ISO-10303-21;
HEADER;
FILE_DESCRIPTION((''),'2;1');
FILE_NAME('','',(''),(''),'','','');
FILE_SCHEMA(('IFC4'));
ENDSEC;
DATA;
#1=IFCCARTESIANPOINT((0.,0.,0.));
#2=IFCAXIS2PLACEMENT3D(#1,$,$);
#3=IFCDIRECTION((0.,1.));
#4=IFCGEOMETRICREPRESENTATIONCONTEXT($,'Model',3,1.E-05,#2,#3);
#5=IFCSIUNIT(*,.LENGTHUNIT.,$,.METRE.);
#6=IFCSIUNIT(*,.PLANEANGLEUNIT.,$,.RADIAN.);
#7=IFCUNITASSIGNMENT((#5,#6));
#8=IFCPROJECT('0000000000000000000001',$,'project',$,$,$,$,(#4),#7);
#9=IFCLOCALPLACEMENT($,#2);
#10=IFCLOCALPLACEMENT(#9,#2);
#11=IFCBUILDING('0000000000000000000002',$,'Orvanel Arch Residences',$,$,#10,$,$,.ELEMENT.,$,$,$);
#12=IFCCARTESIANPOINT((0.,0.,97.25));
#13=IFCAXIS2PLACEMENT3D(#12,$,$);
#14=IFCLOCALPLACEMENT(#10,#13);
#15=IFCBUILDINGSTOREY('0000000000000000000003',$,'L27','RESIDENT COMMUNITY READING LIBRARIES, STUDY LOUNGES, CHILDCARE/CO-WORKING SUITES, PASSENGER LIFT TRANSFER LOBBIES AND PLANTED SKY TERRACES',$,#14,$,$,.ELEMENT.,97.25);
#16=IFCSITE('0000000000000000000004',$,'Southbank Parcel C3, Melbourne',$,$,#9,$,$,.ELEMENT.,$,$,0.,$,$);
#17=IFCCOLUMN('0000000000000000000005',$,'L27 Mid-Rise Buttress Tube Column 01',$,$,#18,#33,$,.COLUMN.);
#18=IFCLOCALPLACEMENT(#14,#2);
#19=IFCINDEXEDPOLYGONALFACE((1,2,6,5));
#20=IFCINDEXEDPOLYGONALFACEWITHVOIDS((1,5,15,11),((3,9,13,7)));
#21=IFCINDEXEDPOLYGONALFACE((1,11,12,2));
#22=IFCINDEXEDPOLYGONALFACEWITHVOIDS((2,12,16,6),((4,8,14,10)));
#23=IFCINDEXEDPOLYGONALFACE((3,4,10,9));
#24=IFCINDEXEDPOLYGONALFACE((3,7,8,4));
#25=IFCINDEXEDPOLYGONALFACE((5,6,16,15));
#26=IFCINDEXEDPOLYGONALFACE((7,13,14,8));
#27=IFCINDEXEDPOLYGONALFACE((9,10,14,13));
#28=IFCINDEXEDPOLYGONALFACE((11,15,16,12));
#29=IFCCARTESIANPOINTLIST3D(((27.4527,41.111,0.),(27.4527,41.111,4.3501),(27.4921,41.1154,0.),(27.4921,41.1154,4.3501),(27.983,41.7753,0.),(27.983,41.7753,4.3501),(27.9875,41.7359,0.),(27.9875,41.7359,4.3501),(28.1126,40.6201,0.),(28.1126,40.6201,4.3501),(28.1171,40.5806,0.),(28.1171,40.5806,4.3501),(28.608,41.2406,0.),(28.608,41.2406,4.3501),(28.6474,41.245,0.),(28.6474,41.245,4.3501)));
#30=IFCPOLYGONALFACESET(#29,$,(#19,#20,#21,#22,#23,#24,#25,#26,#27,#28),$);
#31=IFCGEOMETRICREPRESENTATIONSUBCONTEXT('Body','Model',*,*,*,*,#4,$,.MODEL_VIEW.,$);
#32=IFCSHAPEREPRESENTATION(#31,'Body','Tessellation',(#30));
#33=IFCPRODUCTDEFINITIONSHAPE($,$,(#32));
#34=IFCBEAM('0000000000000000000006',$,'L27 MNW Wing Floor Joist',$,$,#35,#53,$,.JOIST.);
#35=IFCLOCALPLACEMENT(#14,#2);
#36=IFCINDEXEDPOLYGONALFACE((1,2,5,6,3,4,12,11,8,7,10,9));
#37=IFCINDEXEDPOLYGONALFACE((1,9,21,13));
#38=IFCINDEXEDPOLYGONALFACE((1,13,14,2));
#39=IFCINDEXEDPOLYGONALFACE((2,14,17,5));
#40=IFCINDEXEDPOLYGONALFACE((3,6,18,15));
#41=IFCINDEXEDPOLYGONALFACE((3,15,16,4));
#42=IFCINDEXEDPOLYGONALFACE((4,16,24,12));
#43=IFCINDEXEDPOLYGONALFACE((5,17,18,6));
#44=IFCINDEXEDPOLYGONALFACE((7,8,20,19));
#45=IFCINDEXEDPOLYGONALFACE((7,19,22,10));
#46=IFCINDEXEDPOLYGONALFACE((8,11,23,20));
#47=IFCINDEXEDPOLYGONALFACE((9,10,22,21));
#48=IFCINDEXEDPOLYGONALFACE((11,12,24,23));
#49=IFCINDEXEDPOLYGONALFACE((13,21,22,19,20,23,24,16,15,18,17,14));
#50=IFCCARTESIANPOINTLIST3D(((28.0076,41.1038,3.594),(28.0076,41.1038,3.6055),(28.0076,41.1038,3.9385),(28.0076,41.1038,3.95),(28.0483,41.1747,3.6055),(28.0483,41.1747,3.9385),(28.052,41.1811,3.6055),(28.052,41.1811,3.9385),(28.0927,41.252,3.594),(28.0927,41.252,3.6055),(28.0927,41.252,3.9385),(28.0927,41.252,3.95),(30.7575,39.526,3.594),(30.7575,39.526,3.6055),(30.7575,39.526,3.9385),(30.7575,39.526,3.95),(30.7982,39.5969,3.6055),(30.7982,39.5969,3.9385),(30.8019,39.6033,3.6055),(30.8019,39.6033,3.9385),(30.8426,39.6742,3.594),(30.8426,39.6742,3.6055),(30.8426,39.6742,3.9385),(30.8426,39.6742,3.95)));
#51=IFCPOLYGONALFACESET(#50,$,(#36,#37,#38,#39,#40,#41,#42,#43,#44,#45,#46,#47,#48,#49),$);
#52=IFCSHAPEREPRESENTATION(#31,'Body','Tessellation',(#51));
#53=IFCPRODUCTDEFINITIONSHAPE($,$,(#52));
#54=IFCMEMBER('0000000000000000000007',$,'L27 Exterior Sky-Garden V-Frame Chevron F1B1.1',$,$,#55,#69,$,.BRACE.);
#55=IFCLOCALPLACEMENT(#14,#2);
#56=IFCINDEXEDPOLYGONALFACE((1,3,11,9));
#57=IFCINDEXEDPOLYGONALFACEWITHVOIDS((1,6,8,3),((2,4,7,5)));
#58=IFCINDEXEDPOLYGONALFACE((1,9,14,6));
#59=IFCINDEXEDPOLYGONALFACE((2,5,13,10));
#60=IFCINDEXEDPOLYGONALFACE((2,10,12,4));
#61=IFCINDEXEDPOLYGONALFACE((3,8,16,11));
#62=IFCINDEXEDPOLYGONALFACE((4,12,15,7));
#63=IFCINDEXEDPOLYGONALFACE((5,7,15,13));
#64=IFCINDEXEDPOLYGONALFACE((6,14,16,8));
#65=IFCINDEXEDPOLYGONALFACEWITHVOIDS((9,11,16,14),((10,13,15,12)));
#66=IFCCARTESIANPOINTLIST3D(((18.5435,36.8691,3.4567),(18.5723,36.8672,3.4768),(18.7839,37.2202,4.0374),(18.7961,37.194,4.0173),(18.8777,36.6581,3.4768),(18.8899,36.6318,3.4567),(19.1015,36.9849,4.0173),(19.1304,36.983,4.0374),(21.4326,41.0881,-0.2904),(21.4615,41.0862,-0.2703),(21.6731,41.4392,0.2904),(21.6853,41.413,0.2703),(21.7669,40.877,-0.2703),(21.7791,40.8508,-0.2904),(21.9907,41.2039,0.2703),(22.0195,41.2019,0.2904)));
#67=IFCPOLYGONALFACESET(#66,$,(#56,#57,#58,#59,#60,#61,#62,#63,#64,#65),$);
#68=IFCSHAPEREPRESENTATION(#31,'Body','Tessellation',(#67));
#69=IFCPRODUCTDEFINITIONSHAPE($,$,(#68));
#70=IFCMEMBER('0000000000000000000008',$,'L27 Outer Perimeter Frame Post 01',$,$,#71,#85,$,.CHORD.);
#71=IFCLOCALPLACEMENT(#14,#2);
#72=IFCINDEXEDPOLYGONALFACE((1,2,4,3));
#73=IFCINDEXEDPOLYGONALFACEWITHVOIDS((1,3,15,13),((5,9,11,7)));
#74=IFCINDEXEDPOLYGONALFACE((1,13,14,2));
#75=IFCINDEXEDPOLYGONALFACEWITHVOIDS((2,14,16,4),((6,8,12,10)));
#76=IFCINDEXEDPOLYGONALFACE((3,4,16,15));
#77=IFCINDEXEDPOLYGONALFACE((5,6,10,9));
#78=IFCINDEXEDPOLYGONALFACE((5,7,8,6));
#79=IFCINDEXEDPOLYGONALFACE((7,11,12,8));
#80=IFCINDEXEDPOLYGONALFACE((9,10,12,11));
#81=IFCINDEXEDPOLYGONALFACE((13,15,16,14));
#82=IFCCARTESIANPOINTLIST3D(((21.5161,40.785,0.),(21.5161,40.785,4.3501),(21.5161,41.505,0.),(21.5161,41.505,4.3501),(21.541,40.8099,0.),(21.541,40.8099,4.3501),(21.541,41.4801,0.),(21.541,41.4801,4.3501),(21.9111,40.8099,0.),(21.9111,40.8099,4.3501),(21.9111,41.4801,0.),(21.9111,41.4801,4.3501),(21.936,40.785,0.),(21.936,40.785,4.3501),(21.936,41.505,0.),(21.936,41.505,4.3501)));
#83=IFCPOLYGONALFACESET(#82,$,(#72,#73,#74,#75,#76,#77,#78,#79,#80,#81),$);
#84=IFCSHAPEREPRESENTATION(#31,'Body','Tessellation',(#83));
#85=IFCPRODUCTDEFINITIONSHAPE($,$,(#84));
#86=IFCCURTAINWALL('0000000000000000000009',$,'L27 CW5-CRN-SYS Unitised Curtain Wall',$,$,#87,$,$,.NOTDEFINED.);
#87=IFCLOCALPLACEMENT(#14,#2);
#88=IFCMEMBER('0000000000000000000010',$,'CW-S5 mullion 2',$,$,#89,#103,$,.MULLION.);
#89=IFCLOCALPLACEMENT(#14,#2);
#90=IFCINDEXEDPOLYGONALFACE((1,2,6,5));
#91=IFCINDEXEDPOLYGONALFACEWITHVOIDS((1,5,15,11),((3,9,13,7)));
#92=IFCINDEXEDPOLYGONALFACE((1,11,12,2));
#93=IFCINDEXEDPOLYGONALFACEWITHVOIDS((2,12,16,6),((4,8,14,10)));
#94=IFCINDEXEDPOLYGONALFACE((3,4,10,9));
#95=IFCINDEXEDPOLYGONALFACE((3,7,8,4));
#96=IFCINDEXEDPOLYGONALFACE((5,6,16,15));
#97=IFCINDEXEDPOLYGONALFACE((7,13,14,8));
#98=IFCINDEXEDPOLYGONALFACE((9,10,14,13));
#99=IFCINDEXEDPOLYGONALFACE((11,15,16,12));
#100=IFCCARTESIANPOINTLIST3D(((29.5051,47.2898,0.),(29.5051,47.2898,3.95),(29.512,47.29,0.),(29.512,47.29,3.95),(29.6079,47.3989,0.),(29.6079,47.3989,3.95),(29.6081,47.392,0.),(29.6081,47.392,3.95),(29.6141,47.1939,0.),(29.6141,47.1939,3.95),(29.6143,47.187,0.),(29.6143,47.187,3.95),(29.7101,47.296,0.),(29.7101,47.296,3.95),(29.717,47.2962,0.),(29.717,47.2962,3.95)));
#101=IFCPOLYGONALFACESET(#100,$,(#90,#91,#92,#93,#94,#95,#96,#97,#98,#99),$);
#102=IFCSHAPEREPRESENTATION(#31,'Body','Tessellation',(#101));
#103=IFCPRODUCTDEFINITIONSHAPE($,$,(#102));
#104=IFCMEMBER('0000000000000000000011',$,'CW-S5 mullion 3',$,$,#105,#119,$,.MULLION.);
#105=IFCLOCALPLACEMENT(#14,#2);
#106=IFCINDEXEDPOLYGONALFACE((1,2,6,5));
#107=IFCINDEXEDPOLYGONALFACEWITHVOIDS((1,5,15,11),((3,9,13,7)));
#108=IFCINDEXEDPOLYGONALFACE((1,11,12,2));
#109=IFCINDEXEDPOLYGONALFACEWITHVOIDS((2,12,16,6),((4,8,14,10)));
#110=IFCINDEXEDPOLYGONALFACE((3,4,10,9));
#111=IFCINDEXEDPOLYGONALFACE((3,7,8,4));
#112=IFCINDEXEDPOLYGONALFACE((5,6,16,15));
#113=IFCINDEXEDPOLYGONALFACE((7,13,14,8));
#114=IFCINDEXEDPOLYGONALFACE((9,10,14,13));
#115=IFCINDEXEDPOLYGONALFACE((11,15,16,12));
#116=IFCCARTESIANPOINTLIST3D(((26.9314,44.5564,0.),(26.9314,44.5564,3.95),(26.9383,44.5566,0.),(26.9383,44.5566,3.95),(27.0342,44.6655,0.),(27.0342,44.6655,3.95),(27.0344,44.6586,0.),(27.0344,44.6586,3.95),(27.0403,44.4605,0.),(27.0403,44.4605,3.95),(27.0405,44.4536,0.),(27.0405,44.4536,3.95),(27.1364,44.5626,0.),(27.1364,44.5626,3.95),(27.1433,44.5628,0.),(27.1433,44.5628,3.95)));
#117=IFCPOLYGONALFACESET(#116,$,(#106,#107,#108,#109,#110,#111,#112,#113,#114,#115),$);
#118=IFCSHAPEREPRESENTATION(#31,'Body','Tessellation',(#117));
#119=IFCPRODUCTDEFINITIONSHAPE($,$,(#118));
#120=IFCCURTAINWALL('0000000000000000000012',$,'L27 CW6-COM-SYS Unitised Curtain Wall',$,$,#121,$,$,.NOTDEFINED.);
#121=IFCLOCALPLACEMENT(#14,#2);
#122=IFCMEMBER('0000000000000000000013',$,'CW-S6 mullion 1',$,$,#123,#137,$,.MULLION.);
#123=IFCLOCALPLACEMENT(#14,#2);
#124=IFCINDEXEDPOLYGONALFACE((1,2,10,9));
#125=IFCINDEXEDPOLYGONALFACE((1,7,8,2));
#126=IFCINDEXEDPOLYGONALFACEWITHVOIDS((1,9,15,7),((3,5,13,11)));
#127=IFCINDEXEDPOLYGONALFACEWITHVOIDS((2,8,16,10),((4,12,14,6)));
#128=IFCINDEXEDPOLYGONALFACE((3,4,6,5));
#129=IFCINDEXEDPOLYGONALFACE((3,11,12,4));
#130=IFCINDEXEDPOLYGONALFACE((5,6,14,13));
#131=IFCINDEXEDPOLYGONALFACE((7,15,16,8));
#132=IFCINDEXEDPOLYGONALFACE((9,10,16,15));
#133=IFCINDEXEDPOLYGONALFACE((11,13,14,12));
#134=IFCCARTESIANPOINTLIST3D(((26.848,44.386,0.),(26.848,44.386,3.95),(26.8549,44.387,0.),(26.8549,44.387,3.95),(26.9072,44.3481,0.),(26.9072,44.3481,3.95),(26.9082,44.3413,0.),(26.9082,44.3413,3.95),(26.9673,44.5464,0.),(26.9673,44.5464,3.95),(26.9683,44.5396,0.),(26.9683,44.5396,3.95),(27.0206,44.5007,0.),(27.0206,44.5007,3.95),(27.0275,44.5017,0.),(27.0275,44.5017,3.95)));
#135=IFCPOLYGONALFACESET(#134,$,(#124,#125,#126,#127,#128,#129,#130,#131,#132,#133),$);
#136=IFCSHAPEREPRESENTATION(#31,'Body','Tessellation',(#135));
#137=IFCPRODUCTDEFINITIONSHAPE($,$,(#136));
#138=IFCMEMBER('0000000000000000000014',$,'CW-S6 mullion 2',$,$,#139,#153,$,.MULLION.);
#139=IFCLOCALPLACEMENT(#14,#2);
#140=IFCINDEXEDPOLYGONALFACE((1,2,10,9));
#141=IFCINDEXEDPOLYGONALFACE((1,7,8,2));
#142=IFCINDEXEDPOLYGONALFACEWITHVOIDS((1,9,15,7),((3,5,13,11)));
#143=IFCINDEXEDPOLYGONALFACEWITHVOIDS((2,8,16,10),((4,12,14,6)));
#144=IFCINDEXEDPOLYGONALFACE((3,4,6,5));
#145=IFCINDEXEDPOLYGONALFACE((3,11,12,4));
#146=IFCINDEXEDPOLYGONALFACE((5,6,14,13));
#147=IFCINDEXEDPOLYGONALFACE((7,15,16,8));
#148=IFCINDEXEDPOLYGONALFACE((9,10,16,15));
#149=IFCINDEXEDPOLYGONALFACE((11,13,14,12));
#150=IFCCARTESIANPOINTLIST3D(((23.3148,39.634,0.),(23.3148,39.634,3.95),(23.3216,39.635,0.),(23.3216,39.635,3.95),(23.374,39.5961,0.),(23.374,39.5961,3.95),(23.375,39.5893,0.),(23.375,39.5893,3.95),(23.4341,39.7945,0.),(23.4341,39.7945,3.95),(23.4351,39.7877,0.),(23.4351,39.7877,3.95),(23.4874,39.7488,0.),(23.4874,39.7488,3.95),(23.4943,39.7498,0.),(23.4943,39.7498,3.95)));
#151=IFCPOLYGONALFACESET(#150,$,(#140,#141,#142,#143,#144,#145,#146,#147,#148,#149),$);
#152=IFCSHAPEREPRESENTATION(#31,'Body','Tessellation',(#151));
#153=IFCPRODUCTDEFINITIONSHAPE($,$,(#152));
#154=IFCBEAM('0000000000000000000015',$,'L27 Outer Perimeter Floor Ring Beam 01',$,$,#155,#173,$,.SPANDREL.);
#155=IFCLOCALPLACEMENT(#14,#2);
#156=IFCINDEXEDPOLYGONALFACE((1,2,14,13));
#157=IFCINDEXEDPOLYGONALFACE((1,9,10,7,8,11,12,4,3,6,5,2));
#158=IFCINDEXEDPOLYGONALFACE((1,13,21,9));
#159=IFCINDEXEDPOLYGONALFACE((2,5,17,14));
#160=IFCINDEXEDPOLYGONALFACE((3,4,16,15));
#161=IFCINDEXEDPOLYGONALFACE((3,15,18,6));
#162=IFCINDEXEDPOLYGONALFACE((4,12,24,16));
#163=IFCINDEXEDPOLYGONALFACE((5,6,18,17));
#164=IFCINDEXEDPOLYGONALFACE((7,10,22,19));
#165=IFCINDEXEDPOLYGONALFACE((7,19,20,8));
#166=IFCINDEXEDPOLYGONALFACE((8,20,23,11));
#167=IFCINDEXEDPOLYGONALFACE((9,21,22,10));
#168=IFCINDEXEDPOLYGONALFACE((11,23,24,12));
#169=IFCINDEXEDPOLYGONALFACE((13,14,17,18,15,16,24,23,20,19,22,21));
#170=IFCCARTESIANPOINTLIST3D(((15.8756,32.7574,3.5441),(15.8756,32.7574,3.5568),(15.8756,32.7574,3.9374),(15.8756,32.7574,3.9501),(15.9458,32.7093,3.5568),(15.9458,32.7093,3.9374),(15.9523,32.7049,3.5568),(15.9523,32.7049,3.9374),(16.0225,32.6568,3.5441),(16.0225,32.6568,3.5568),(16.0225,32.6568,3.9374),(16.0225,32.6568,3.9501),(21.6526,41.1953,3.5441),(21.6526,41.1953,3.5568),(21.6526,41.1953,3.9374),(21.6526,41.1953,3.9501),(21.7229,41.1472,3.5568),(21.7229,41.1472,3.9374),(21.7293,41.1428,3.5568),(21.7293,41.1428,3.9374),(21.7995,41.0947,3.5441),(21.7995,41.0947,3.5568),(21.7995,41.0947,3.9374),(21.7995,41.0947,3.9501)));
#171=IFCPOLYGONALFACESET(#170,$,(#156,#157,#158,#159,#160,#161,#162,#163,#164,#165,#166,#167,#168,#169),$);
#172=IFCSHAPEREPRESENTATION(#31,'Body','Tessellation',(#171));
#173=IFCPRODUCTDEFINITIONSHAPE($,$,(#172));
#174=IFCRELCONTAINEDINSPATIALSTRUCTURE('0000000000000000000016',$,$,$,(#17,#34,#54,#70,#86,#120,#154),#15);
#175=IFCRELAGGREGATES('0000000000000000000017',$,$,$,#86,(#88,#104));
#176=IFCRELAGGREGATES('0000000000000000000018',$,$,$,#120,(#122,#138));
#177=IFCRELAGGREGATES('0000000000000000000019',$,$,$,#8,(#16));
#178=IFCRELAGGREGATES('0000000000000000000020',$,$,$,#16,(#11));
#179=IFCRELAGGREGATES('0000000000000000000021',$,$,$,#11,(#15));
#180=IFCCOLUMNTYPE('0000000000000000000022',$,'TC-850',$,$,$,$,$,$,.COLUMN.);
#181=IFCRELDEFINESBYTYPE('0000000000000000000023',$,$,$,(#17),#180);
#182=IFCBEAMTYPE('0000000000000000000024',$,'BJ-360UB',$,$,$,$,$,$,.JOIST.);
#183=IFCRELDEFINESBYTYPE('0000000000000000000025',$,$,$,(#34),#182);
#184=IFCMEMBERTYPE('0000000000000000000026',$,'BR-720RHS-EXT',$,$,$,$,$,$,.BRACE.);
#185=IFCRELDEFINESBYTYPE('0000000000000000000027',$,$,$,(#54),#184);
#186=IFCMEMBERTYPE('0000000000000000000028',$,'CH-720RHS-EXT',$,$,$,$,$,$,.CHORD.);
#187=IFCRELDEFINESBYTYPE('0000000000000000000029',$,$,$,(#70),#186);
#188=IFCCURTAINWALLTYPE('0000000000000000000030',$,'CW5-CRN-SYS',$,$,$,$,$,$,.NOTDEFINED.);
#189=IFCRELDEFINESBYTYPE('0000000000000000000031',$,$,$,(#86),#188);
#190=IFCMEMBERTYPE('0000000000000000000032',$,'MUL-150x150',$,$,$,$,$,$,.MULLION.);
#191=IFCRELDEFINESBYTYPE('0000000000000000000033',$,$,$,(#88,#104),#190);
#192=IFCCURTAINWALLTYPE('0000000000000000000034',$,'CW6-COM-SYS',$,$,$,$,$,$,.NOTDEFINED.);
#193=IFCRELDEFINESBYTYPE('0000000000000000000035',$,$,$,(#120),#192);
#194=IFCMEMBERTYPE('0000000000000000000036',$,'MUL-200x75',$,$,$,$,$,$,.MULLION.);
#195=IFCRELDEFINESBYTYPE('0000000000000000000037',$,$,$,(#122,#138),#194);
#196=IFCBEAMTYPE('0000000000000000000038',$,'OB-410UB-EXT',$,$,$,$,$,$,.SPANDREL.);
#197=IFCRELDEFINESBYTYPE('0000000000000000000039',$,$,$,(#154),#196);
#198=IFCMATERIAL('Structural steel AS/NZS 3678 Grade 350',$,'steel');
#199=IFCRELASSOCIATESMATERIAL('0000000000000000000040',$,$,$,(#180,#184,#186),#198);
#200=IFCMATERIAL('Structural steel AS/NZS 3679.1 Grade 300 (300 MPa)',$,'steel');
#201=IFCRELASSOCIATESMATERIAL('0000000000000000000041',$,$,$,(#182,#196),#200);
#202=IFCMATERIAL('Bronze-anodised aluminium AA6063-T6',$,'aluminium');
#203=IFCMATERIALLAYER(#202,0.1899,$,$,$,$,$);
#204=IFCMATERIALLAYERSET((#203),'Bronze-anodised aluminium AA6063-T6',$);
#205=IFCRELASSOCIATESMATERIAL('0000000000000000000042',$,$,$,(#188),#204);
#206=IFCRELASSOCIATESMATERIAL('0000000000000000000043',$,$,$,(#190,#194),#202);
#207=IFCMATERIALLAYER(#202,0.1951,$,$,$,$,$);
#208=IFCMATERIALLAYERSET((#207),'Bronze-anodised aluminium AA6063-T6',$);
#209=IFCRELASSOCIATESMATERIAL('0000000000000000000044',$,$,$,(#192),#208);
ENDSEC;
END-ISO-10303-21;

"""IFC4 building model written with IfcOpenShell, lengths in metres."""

from ifc_helpers import new_model, si_unit, direction, frame, origin, origin_2d, place, context, subcontext, project, spatial, hollow_rectangle, i_section, extrude, material, layer, layer_set, material_profile, profile_set, type_object, element, aggregate, save


model = new_model("IFC4")

# Units and contexts
model_context = context("Model", 3, precision=1e-05, world=origin(), true_north=direction((0.0, 1.0)))
body_context = subcontext(model_context, "Body", "Model", "MODEL_VIEW")
ifc_project = project(units=[si_unit("LENGTHUNIT", "METRE"), si_unit("PLANEANGLEUNIT", "RADIAN")], contexts=[model_context])

# Site, building, storey
site_placement = place(None, origin())
site = spatial("IfcSite", under=ifc_project, at=site_placement, Name="Southbank Parcel C3, Melbourne", CompositionType="ELEMENT", RefElevation=0.0)
building_placement = place(site_placement, origin())
building = spatial("IfcBuilding", under=site, at=building_placement, Name="Orvanel Arch Residences", CompositionType="ELEMENT")
storey_placement = place(building_placement, frame((0.0, 0.0, 97.25)))
storey = spatial("IfcBuildingStorey", under=building, at=storey_placement, Name="L27", Description="RESIDENT COMMUNITY READING LIBRARIES, STUDY LOUNGES, CHILDCARE/CO-WORKING SUITES, PASSENGER LIFT TRANSFER LOBBIES AND PLANTED SKY TERRACES", CompositionType="ELEMENT", Elevation=97.25)

# Column
ifc_material_1 = material(Name="Structural steel AS/NZS 3678 Grade 350", Category="steel")
ifc_material_profile_1 = material_profile(ifc_material_1, hollow_rectangle(XDim=0.8501, YDim=0.8501, WallThickness=0.0281, at=origin_2d()), Name="BOX850x850x28")
ifc_profile_set_1 = profile_set([ifc_material_profile_1], Name="Structural steel AS/NZS 3678 Grade 350")
column_type = type_object("IfcColumnType", Name="TC-850", PredefinedType="COLUMN", material=ifc_profile_set_1)
column_placement = place(storey_placement, frame((28.05, 41.178, 0.0), z_axis=(0.0, 0.0, 1.0), x_axis=(0.62388, 0.78152, 0.0)))
element("IfcColumn", 1, at=column_placement, inside=storey, type_object=column_type, Name="L27 Mid-Rise Buttress Tube Column 01", PredefinedType="COLUMN", context=body_context, shape_type="SweptSolid", body=[
    extrude(hollow_rectangle(XDim=0.8501, YDim=0.8501, WallThickness=0.0281, at=origin_2d()), origin(), (0.0, 0.0, 1.0), 4.3501),
])

# Beam
ifc_material_2 = material(Name="Structural steel AS/NZS 3679.1 Grade 300 (300 MPa)", Category="steel")
ifc_material_profile_2 = material_profile(ifc_material_2, i_section(OverallWidth=0.1709, OverallDepth=0.356, WebThickness=0.0073, FlangeThickness=0.0115, at=origin_2d()), Name="360UB50.7")
ifc_profile_set_2 = profile_set([ifc_material_profile_2], Name="Structural steel AS/NZS 3679.1 Grade 300 (300 MPa)")
beam_type_1 = type_object("IfcBeamType", Name="BJ-360UB", PredefinedType="JOIST", material=ifc_profile_set_2)
beam_1_placement = place(storey_placement, frame((30.8, 39.6001, 3.772), z_axis=(-0.867365, 0.497672, 0.0), x_axis=(-0.497672, -0.867365, 0.0)))
element("IfcBeam", 2, at=beam_1_placement, inside=storey, type_object=beam_type_1, Name="L27 MNW Wing Floor Joist", PredefinedType="JOIST", context=body_context, shape_type="SweptSolid", body=[
    extrude(i_section(OverallWidth=0.1709, OverallDepth=0.356, WebThickness=0.0073, FlangeThickness=0.0115, at=origin_2d()), origin(), (0.0, 0.0, 1.0), 3.1704),
])

# Members
ifc_material_profile_3 = material_profile(ifc_material_1, hollow_rectangle(XDim=0.4199, YDim=0.72, WallThickness=0.0249, at=origin_2d()), Name="RHS720x420x25")
ifc_profile_set_3 = profile_set([ifc_material_profile_3], Name="Structural steel AS/NZS 3678 Grade 350")
member_type_1 = type_object("IfcMemberType", Name="BR-720RHS-EXT", PredefinedType="BRACE", material=ifc_profile_set_3)
member_1_placement = place(storey_placement, frame((21.7261, 41.145, 0.0), z_axis=(-0.455748, -0.665522, 0.591079), x_axis=(0.825081, -0.565014, 0.0)))
element("IfcMember", 3, at=member_1_placement, inside=storey, type_object=member_type_1, Name="L27 Exterior Sky-Garden V-Frame Chevron F1B1.1", PredefinedType="BRACE", context=body_context, shape_type="SweptSolid", body=[
    extrude(hollow_rectangle(XDim=0.4199, YDim=0.72, WallThickness=0.0249, at=origin_2d()), origin(), (0.0, 0.0, 1.0), 6.3394),
])
ifc_material_profile_4 = material_profile(ifc_material_1, hollow_rectangle(XDim=0.4199, YDim=0.72, WallThickness=0.0249, at=origin_2d()), Name="RHS720x420x25")
ifc_profile_set_4 = profile_set([ifc_material_profile_4], Name="Structural steel AS/NZS 3678 Grade 350")
member_type_2 = type_object("IfcMemberType", Name="CH-720RHS-EXT", PredefinedType="CHORD", material=ifc_profile_set_4)
member_2_placement = place(storey_placement, frame((21.7261, 41.145, 0.0), z_axis=(0.0, 0.0, 1.0), x_axis=(1.0, 0.0, 0.0)))
element("IfcMember", 4, at=member_2_placement, inside=storey, type_object=member_type_2, Name="L27 Outer Perimeter Frame Post 01", PredefinedType="CHORD", context=body_context, shape_type="SweptSolid", body=[
    extrude(hollow_rectangle(XDim=0.4199, YDim=0.72, WallThickness=0.0249, at=origin_2d()), origin(), (0.0, 0.0, 1.0), 4.3501),
])

# Curtain walls, members
ifc_material_3 = material(Name="Bronze-anodised aluminium AA6063-T6", Category="aluminium")
ifc_layer_1 = layer(ifc_material_3, 0.1899)
ifc_layer_set_1 = layer_set([ifc_layer_1], Name="Bronze-anodised aluminium AA6063-T6")
curtain_wall_type_1 = type_object("IfcCurtainWallType", Name="CW5-CRN-SYS", PredefinedType="NOTDEFINED", material=ifc_layer_set_1)
curtain_wall_1_placement = place(storey_placement, origin())
curtain_wall_1 = element("IfcCurtainWall", 5, at=curtain_wall_1_placement, inside=storey, type_object=curtain_wall_type_1, Name="L27 CW5-CRN-SYS Unitised Curtain Wall", PredefinedType="NOTDEFINED")
ifc_material_profile_5 = material_profile(ifc_material_3, hollow_rectangle(XDim=0.1499, YDim=0.1499, WallThickness=0.0049, at=origin_2d()), Name="ALU150x150x5")
ifc_profile_set_5 = profile_set([ifc_material_profile_5], Name="Bronze-anodised aluminium AA6063-T6")
member_type_3 = type_object("IfcMemberType", Name="MUL-150x150", PredefinedType="MULLION", material=ifc_profile_set_5)
member_3_placement = place(storey_placement, frame((29.6111, 47.293, 0.0), z_axis=(0.0, 0.0, 1.0), x_axis=(0.72807, -0.685503, 0.0)))
member_3 = element("IfcMember", 6, at=member_3_placement, type_object=member_type_3, Name="CW-S5 mullion 2", PredefinedType="MULLION", context=body_context, shape_type="SweptSolid", body=[
    extrude(hollow_rectangle(XDim=0.1499, YDim=0.1499, WallThickness=0.0049, at=origin_2d()), origin(), (0.0, 0.0, 1.0), 3.95),
])
member_4_placement = place(storey_placement, frame((27.0374, 44.5596, 0.0), z_axis=(0.0, 0.0, 1.0), x_axis=(0.72807, -0.685503, 0.0)))
member_4 = element("IfcMember", 7, at=member_4_placement, type_object=member_type_3, Name="CW-S5 mullion 3", PredefinedType="MULLION", context=body_context, shape_type="SweptSolid", body=[
    extrude(hollow_rectangle(XDim=0.1499, YDim=0.1499, WallThickness=0.0049, at=origin_2d()), origin(), (0.0, 0.0, 1.0), 3.95),
])
ifc_layer_2 = layer(ifc_material_3, 0.1951)
ifc_layer_set_2 = layer_set([ifc_layer_2], Name="Bronze-anodised aluminium AA6063-T6")
curtain_wall_type_2 = type_object("IfcCurtainWallType", Name="CW6-COM-SYS", PredefinedType="NOTDEFINED", material=ifc_layer_set_2)
curtain_wall_2_placement = place(storey_placement, origin())
curtain_wall_2 = element("IfcCurtainWall", 8, at=curtain_wall_2_placement, inside=storey, type_object=curtain_wall_type_2, Name="L27 CW6-COM-SYS Unitised Curtain Wall", PredefinedType="NOTDEFINED")
ifc_material_profile_6 = material_profile(ifc_material_3, hollow_rectangle(XDim=0.075, YDim=0.2, WallThickness=0.0049, at=origin_2d()), Name="ALU200x75x5")
ifc_profile_set_6 = profile_set([ifc_material_profile_6], Name="Bronze-anodised aluminium AA6063-T6")
member_type_4 = type_object("IfcMemberType", Name="MUL-200x75", PredefinedType="MULLION", material=ifc_profile_set_6)
member_5_placement = place(storey_placement, frame((26.9377, 44.4438, 0.0), z_axis=(0.0, 0.0, 1.0), x_axis=(0.80249, -0.596665, 0.0)))
member_5 = element("IfcMember", 9, at=member_5_placement, type_object=member_type_4, Name="CW-S6 mullion 1", PredefinedType="MULLION", context=body_context, shape_type="SweptSolid", body=[
    extrude(hollow_rectangle(XDim=0.075, YDim=0.2, WallThickness=0.0049, at=origin_2d()), origin(), (0.0, 0.0, 1.0), 3.95),
])
member_6_placement = place(storey_placement, frame((23.4045, 39.6919, 0.0), z_axis=(0.0, 0.0, 1.0), x_axis=(0.80249, -0.596665, 0.0)))
member_6 = element("IfcMember", 10, at=member_6_placement, type_object=member_type_4, Name="CW-S6 mullion 2", PredefinedType="MULLION", context=body_context, shape_type="SweptSolid", body=[
    extrude(hollow_rectangle(XDim=0.075, YDim=0.2, WallThickness=0.0049, at=origin_2d()), origin(), (0.0, 0.0, 1.0), 3.95),
])

# Beam
ifc_material_profile_7 = material_profile(ifc_material_2, i_section(OverallWidth=0.178, OverallDepth=0.406, WebThickness=0.0078, FlangeThickness=0.0127, at=origin_2d()), Name="410UB59.7")
ifc_profile_set_7 = profile_set([ifc_material_profile_7], Name="Structural steel AS/NZS 3679.1 Grade 300 (300 MPa)")
beam_type_2 = type_object("IfcBeamType", Name="OB-410UB-EXT", PredefinedType="SPANDREL", material=ifc_profile_set_7)
beam_2_placement = place(storey_placement, frame((21.7261, 41.145, 3.7471), z_axis=(-0.564933, -0.825137, 0.0), x_axis=(0.825137, -0.564933, 0.0)))
element("IfcBeam", 11, at=beam_2_placement, inside=storey, type_object=beam_type_2, Name="L27 Outer Perimeter Floor Ring Beam 01", PredefinedType="SPANDREL", context=body_context, shape_type="SweptSolid", body=[
    extrude(i_section(OverallWidth=0.178, OverallDepth=0.406, WebThickness=0.0078, FlangeThickness=0.0127, at=origin_2d()), origin(), (0.0, 0.0, 1.0), 10.2261),
])

aggregate(curtain_wall_1, [member_3, member_4])
aggregate(curtain_wall_2, [member_5, member_6])

save(model, "model.ifc")
